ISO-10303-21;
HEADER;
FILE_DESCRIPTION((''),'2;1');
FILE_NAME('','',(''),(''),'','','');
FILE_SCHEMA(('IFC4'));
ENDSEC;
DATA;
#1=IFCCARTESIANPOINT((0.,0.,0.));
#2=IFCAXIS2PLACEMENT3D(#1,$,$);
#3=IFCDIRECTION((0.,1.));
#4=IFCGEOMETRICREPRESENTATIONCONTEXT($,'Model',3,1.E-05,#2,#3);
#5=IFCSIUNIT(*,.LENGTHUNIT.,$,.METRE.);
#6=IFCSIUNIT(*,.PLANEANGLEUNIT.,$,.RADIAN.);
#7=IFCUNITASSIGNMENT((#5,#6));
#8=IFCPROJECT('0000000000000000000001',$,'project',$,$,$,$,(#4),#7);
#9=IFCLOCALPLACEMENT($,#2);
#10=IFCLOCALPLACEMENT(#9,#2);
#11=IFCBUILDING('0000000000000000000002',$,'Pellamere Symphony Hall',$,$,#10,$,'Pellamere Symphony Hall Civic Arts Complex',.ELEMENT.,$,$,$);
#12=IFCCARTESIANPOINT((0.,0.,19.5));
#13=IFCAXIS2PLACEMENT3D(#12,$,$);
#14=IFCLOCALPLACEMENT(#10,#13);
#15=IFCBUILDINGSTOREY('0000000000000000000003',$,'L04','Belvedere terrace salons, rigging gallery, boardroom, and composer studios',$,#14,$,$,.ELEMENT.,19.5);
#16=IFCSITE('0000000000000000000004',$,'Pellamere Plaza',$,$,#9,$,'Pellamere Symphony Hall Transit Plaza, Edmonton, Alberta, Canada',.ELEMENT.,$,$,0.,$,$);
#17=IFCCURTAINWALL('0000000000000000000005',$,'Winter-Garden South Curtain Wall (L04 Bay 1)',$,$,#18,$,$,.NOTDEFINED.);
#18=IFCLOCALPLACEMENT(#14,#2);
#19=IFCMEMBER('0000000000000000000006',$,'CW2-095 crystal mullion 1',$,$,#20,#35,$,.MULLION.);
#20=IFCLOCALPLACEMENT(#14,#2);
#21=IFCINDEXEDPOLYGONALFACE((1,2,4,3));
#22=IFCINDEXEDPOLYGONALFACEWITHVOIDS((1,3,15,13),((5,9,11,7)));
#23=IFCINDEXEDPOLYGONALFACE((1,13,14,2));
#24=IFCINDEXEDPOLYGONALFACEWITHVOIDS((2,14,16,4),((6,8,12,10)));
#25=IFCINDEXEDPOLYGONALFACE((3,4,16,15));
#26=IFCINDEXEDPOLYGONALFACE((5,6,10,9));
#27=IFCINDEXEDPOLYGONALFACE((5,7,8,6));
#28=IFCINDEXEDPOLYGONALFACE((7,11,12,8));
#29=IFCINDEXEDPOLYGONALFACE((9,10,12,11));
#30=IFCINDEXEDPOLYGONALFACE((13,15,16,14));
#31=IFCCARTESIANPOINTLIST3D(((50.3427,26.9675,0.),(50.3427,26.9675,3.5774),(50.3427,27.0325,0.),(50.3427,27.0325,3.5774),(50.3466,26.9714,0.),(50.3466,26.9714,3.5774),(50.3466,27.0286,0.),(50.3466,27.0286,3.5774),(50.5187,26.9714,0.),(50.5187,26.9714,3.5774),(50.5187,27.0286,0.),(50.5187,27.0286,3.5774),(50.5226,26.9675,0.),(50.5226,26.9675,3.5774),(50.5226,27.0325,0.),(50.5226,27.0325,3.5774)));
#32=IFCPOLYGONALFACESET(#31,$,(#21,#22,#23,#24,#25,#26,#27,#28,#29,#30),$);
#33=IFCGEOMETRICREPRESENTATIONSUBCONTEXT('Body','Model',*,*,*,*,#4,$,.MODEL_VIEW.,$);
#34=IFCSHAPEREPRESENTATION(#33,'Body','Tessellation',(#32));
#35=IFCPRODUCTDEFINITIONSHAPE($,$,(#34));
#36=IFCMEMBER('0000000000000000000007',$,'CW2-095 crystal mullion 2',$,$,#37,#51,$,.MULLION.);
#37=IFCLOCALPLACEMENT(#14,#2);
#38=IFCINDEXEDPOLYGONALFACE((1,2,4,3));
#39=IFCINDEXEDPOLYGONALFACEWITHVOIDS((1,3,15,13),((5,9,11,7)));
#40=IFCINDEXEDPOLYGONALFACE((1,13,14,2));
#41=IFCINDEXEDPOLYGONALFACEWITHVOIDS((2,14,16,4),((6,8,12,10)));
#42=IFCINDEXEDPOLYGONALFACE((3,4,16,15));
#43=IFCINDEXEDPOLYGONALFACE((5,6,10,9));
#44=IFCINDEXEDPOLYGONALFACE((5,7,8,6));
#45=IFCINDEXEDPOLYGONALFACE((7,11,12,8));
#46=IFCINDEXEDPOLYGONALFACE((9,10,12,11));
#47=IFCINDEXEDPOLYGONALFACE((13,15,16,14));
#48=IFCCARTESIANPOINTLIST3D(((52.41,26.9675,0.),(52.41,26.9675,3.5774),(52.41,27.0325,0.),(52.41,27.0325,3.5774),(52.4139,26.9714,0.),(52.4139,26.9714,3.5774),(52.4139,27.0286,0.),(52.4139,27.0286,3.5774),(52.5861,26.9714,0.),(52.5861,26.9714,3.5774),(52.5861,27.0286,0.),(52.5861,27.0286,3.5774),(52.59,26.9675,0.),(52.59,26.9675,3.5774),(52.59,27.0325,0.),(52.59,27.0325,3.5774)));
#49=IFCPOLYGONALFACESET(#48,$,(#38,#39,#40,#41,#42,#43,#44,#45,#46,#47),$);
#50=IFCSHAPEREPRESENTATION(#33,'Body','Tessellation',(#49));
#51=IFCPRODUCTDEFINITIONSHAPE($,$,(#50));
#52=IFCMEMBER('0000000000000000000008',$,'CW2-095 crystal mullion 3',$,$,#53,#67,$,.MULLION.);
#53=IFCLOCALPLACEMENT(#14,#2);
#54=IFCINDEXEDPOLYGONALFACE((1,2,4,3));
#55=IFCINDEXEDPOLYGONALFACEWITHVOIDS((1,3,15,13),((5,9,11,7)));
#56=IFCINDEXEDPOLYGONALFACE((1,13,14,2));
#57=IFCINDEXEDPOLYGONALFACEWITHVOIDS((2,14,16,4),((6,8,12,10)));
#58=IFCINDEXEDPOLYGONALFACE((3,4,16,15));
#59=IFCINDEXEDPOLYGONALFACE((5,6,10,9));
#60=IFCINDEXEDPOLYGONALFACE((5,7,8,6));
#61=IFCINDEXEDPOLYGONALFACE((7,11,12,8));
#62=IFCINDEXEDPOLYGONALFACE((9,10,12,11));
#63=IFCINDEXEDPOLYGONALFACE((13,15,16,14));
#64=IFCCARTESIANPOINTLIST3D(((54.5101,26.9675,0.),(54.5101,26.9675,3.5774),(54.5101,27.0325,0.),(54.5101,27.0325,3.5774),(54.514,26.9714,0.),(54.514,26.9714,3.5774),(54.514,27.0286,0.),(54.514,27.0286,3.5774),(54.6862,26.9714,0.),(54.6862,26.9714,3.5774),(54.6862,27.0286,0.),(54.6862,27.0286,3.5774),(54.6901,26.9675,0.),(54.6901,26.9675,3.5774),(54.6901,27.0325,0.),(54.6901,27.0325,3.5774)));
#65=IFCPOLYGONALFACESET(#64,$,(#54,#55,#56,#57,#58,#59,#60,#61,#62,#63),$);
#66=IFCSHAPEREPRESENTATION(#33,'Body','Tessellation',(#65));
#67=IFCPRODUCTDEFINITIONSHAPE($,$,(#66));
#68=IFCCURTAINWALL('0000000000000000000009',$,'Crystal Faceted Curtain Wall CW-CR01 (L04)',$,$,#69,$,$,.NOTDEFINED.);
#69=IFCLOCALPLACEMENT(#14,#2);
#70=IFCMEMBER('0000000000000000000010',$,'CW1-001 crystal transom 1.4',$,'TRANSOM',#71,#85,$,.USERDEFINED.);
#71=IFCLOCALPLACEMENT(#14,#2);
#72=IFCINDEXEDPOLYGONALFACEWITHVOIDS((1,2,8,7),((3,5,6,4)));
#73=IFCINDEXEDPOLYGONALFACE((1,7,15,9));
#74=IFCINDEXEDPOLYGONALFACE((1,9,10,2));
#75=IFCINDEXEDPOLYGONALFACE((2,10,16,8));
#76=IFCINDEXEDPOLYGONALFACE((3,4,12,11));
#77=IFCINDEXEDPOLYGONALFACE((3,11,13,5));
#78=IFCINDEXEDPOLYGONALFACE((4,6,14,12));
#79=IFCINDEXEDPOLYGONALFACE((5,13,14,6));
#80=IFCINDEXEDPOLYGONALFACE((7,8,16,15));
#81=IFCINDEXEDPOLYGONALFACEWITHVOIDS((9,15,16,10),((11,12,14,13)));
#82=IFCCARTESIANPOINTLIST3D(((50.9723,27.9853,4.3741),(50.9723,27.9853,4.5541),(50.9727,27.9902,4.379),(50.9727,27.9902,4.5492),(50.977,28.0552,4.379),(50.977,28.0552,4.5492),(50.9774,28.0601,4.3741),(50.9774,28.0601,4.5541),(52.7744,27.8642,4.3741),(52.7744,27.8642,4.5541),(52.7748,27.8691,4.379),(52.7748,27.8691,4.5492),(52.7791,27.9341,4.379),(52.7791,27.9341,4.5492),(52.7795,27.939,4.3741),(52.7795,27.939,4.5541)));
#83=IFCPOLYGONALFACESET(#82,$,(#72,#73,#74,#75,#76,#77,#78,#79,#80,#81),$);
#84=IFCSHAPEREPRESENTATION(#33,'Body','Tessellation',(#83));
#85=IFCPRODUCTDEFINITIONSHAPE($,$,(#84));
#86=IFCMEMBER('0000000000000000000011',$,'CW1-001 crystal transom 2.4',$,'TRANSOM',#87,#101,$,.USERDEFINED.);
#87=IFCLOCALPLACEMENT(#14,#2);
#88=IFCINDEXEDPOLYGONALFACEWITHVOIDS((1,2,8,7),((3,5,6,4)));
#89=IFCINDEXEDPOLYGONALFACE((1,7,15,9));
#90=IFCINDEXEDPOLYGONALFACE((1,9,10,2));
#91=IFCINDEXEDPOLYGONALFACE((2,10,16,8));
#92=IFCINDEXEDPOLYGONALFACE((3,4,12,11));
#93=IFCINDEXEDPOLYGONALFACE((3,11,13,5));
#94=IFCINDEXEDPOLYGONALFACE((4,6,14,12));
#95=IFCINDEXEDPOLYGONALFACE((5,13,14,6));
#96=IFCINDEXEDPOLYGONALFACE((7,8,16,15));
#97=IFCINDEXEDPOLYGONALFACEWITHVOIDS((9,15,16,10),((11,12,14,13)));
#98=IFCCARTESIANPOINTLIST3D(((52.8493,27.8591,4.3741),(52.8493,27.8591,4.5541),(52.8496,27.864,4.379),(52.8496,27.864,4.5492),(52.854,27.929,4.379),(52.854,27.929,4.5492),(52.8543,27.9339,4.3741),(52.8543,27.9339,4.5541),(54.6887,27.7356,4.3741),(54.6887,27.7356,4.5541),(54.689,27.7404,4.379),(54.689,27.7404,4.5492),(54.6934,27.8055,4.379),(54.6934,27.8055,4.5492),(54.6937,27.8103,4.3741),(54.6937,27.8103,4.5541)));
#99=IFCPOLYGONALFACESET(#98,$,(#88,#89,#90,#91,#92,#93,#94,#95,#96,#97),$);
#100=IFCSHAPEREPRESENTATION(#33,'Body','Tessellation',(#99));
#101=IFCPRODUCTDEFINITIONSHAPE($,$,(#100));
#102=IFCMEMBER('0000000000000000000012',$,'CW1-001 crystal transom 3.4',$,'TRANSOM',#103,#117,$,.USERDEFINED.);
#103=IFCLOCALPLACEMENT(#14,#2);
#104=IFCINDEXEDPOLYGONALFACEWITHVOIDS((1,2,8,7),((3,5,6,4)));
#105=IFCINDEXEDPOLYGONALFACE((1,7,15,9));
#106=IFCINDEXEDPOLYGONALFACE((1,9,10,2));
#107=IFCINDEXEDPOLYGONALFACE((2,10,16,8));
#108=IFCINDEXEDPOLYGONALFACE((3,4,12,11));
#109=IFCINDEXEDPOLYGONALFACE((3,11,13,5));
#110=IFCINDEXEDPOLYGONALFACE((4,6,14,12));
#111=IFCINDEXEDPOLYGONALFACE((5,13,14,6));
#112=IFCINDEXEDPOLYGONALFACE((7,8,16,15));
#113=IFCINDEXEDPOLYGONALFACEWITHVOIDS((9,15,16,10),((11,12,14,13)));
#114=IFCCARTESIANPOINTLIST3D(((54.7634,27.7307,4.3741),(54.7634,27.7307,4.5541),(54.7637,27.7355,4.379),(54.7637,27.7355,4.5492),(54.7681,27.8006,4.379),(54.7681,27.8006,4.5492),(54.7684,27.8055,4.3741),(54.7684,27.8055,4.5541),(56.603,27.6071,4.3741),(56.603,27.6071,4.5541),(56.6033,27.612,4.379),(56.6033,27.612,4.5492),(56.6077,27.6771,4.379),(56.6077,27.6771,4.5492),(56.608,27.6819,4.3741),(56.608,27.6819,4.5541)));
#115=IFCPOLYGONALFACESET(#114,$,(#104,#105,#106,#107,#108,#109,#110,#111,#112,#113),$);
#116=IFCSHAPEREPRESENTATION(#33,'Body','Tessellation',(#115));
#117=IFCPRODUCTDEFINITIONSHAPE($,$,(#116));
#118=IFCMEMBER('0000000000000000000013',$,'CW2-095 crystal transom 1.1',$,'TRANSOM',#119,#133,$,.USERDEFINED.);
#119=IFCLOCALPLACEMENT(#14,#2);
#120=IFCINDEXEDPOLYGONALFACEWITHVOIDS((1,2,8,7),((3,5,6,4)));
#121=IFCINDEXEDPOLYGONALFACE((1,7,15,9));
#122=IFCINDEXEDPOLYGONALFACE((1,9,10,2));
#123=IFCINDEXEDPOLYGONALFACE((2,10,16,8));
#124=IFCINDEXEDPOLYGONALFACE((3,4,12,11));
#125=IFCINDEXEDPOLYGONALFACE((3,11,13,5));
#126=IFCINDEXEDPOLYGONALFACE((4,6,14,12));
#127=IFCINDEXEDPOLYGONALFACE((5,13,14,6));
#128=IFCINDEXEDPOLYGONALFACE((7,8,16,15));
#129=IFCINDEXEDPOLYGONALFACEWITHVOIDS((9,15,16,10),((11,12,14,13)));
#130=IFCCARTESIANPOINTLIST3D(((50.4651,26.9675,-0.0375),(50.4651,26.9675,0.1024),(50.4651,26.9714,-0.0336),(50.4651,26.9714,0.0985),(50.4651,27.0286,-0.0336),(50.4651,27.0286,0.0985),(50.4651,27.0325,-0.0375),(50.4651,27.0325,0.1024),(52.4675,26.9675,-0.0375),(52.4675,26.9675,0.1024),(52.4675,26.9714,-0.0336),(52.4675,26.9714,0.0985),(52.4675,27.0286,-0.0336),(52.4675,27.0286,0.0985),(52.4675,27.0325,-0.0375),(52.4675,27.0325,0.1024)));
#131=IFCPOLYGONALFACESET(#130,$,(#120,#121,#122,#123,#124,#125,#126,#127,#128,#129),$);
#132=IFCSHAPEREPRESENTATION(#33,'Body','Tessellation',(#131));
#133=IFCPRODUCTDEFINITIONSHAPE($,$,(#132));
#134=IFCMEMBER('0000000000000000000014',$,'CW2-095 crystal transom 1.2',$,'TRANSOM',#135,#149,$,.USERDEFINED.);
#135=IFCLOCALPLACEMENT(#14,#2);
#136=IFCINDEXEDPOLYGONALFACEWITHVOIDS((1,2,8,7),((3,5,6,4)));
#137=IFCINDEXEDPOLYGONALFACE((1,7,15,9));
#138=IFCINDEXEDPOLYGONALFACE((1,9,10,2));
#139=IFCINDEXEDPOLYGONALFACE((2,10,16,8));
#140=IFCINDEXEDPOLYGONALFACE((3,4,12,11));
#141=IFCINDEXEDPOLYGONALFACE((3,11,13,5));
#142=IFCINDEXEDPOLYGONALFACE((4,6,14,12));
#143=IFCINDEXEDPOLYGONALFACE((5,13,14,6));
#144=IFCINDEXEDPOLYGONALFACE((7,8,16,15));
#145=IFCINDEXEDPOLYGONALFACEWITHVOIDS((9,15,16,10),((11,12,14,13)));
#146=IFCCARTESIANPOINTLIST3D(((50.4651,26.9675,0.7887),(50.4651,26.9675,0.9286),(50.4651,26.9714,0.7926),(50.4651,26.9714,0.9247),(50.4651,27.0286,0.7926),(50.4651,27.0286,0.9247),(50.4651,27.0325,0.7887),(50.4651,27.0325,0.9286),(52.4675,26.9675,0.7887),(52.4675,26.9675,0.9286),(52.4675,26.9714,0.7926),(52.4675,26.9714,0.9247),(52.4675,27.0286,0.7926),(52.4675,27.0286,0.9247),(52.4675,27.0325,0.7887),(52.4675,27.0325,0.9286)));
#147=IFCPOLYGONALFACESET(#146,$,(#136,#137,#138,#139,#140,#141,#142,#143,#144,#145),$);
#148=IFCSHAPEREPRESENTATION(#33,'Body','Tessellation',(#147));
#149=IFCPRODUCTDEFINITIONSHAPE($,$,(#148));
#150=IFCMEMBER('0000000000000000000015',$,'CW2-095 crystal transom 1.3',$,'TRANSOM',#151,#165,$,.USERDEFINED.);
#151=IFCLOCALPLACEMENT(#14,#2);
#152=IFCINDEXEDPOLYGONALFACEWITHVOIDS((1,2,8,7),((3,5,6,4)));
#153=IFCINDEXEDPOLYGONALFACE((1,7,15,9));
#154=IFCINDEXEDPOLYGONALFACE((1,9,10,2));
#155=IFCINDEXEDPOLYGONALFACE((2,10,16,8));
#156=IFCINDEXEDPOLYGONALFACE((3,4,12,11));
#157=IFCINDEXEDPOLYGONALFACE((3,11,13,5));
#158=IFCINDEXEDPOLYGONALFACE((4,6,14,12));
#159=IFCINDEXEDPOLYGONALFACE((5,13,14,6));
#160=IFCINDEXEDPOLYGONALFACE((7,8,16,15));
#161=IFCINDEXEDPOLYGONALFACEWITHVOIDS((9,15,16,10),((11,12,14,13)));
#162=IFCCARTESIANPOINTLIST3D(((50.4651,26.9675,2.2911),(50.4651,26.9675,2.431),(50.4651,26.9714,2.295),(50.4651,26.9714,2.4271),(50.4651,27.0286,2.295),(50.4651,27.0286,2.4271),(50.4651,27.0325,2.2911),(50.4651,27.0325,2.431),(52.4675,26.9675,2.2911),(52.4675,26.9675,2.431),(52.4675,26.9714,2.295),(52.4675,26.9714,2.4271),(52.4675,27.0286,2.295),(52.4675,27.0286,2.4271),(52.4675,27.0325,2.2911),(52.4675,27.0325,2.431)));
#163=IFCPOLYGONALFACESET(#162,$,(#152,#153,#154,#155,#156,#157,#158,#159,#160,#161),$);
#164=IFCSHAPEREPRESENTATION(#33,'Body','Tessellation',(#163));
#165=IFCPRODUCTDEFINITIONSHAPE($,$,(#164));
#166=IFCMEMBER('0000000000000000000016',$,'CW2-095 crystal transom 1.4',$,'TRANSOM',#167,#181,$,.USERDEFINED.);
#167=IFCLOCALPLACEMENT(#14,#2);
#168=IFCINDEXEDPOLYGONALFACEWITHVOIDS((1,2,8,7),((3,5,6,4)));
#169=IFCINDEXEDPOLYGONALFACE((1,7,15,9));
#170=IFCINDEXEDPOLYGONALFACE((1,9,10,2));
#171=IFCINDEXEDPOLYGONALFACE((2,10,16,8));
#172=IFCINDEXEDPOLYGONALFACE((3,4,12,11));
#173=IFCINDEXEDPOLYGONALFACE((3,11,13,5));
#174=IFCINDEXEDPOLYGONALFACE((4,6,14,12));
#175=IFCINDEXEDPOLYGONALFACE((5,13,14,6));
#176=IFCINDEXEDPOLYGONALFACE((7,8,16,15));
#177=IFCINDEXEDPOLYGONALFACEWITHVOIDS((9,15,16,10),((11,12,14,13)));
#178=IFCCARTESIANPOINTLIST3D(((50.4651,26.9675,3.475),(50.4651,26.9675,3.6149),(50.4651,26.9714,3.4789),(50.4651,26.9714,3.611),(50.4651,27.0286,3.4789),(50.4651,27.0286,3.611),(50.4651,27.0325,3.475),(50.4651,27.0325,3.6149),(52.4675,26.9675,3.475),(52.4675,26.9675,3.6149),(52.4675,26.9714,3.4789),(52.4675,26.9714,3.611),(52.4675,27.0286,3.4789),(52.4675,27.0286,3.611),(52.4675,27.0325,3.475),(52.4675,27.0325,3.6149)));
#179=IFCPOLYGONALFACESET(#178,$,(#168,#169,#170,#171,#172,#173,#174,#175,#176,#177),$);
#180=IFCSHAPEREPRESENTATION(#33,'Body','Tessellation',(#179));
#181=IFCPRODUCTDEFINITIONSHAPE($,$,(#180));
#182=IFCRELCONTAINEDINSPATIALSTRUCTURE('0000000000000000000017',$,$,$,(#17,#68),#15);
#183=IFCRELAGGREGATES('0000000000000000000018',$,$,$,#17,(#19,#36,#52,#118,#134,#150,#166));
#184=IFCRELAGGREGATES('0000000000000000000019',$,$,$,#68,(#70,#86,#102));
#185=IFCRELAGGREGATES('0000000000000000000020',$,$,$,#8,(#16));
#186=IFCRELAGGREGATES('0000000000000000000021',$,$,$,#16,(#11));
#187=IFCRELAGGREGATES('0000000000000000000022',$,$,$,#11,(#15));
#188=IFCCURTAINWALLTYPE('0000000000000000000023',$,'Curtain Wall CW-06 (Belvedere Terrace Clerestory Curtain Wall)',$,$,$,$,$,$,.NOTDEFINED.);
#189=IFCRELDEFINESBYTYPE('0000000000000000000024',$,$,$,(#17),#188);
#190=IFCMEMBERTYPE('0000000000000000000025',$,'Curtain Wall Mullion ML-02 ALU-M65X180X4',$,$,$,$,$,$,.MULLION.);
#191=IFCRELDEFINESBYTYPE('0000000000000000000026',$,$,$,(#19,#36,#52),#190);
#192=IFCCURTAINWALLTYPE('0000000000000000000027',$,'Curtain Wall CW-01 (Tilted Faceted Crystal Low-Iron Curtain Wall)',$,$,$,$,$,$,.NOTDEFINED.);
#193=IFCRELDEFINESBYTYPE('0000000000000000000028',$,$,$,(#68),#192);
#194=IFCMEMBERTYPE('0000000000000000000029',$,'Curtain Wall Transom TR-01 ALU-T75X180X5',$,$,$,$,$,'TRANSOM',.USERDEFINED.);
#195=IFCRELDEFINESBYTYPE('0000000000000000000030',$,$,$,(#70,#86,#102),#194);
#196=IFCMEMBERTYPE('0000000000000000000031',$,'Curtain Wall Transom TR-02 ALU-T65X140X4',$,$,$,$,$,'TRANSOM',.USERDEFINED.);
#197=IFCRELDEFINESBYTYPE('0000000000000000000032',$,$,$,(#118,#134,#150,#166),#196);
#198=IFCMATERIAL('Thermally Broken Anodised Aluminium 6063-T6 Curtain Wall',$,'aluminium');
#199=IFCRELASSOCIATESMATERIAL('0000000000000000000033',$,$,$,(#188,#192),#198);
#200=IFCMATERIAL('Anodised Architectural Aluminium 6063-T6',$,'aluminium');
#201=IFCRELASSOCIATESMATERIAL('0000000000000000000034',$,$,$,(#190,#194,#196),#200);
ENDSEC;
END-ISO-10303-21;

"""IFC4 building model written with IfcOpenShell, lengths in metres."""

from ifc_helpers import new_model, si_unit, direction, frame, origin, origin_2d, place, context, subcontext, project, spatial, hollow_rectangle, extrude, material, material_profile, profile_set, type_object, element, aggregate, save


model = new_model("IFC4")

# Units and contexts
model_context = context("Model", 3, precision=1e-05, world=origin(), true_north=direction((0.0, 1.0)))
body_context = subcontext(model_context, "Body", "Model", "MODEL_VIEW")
ifc_project = project(units=[si_unit("LENGTHUNIT", "METRE"), si_unit("PLANEANGLEUNIT", "RADIAN")], contexts=[model_context])

# Site, building, storey
site_placement = place(None, origin())
site = spatial("IfcSite", under=ifc_project, at=site_placement, Name="Pellamere Plaza", LongName="Pellamere Symphony Hall Transit Plaza, Edmonton, Alberta, Canada", CompositionType="ELEMENT", RefElevation=0.0)
building_placement = place(site_placement, origin())
building = spatial("IfcBuilding", under=site, at=building_placement, Name="Pellamere Symphony Hall", LongName="Pellamere Symphony Hall Civic Arts Complex", CompositionType="ELEMENT")
storey_placement = place(building_placement, frame((0.0, 0.0, 19.5)))
storey = spatial("IfcBuildingStorey", under=building, at=storey_placement, Name="L04", Description="Belvedere terrace salons, rigging gallery, boardroom, and composer studios", CompositionType="ELEMENT", Elevation=19.5)

# Curtain walls, members
ifc_material_1 = material(Name="Thermally Broken Anodised Aluminium 6063-T6 Curtain Wall", Category="aluminium")
curtain_wall_type_1 = type_object("IfcCurtainWallType", Name="Curtain Wall CW-06 (Belvedere Terrace Clerestory Curtain Wall)", PredefinedType="NOTDEFINED", material=ifc_material_1)
curtain_wall_1_placement = place(storey_placement, origin())
curtain_wall_1 = element("IfcCurtainWall", 1, at=curtain_wall_1_placement, inside=storey, type_object=curtain_wall_type_1, Name="Winter-Garden South Curtain Wall (L04 Bay 1)", PredefinedType="NOTDEFINED")
ifc_material_2 = material(Name="Anodised Architectural Aluminium 6063-T6", Category="aluminium")
ifc_material_profile_1 = material_profile(ifc_material_2, hollow_rectangle(XDim=0.0649, YDim=0.1799, WallThickness=0.0039, at=origin_2d()), Name="ALU-M65X180X4")
ifc_profile_set_1 = profile_set([ifc_material_profile_1], Name="Anodised Architectural Aluminium 6063-T6")
member_type_1 = type_object("IfcMemberType", Name="Curtain Wall Mullion ML-02 ALU-M65X180X4", PredefinedType="MULLION", material=ifc_profile_set_1)
member_1_placement = place(storey_placement, frame((50.4326, 27.0, 0.0), z_axis=(0.0, 0.0, 1.0), x_axis=(0.0, 1.0, 0.0)))
member_1 = element("IfcMember", 2, at=member_1_placement, type_object=member_type_1, Name="CW2-095 crystal mullion 1", PredefinedType="MULLION", context=body_context, shape_type="SweptSolid", body=[
    extrude(hollow_rectangle(XDim=0.0649, YDim=0.1799, WallThickness=0.0039, at=origin_2d()), origin(), (0.0, 0.0, 1.0), 3.5774),
])
member_2_placement = place(storey_placement, frame((52.5, 27.0, 0.0), z_axis=(0.0, 0.0, 1.0), x_axis=(0.0, 1.0, 0.0)))
member_2 = element("IfcMember", 3, at=member_2_placement, type_object=member_type_1, Name="CW2-095 crystal mullion 2", PredefinedType="MULLION", context=body_context, shape_type="SweptSolid", body=[
    extrude(hollow_rectangle(XDim=0.0649, YDim=0.1799, WallThickness=0.0039, at=origin_2d()), origin(), (0.0, 0.0, 1.0), 3.5774),
])
member_3_placement = place(storey_placement, frame((54.6001, 27.0, 0.0), z_axis=(0.0, 0.0, 1.0), x_axis=(0.0, 1.0, 0.0)))
member_3 = element("IfcMember", 4, at=member_3_placement, type_object=member_type_1, Name="CW2-095 crystal mullion 3", PredefinedType="MULLION", context=body_context, shape_type="SweptSolid", body=[
    extrude(hollow_rectangle(XDim=0.0649, YDim=0.1799, WallThickness=0.0039, at=origin_2d()), origin(), (0.0, 0.0, 1.0), 3.5774),
])
curtain_wall_type_2 = type_object("IfcCurtainWallType", Name="Curtain Wall CW-01 (Tilted Faceted Crystal Low-Iron Curtain Wall)", PredefinedType="NOTDEFINED", material=ifc_material_1)
curtain_wall_2_placement = place(storey_placement, origin())
curtain_wall_2 = element("IfcCurtainWall", 5, at=curtain_wall_2_placement, inside=storey, type_object=curtain_wall_type_2, Name="Crystal Faceted Curtain Wall CW-CR01 (L04)", PredefinedType="NOTDEFINED")
ifc_material_profile_2 = material_profile(ifc_material_2, hollow_rectangle(XDim=0.075, YDim=0.1799, WallThickness=0.0049, at=origin_2d()), Name="ALU-T75X180X5")
ifc_profile_set_2 = profile_set([ifc_material_profile_2], Name="Anodised Architectural Aluminium 6063-T6")
member_type_2 = type_object("IfcMemberType", Name="Curtain Wall Transom TR-01 ALU-T75X180X5", ElementType="TRANSOM", PredefinedType="USERDEFINED", material=ifc_profile_set_2)
member_4_placement = place(storey_placement, frame((50.9749, 28.0227, 4.4641), z_axis=(0.99775, -0.067048, 0.0), x_axis=(0.067048, 0.99775, 0.0)))
member_4 = element("IfcMember", 6, at=member_4_placement, type_object=member_type_2, Name="CW1-001 crystal transom 1.4", ObjectType="TRANSOM", PredefinedType="USERDEFINED", context=body_context, shape_type="SweptSolid", body=[
    extrude(hollow_rectangle(XDim=0.075, YDim=0.1799, WallThickness=0.0049, at=origin_2d()), origin(), (0.0, 0.0, 1.0), 1.8062),
])
member_5_placement = place(storey_placement, frame((52.8518, 27.8965, 4.4641), z_axis=(0.997752, -0.067011, 0.0), x_axis=(0.067011, 0.997752, 0.0)))
member_5 = element("IfcMember", 7, at=member_5_placement, type_object=member_type_2, Name="CW1-001 crystal transom 2.4", ObjectType="TRANSOM", PredefinedType="USERDEFINED", context=body_context, shape_type="SweptSolid", body=[
    extrude(hollow_rectangle(XDim=0.075, YDim=0.1799, WallThickness=0.0049, at=origin_2d()), origin(), (0.0, 0.0, 1.0), 1.8435),
])
member_6_placement = place(storey_placement, frame((54.7659, 27.7681, 4.4641), z_axis=(0.997753, -0.067002, 0.0), x_axis=(0.067002, 0.997753, 0.0)))
member_6 = element("IfcMember", 8, at=member_6_placement, type_object=member_type_2, Name="CW1-001 crystal transom 3.4", ObjectType="TRANSOM", PredefinedType="USERDEFINED", context=body_context, shape_type="SweptSolid", body=[
    extrude(hollow_rectangle(XDim=0.075, YDim=0.1799, WallThickness=0.0049, at=origin_2d()), origin(), (0.0, 0.0, 1.0), 1.8438),
])

# Members
ifc_material_profile_3 = material_profile(ifc_material_2, hollow_rectangle(XDim=0.0649, YDim=0.1399, WallThickness=0.0039, at=origin_2d()), Name="ALU-T65X140X4")
ifc_profile_set_3 = profile_set([ifc_material_profile_3], Name="Anodised Architectural Aluminium 6063-T6")
member_type_3 = type_object("IfcMemberType", Name="Curtain Wall Transom TR-02 ALU-T65X140X4", ElementType="TRANSOM", PredefinedType="USERDEFINED", material=ifc_profile_set_3)
member_7_placement = place(storey_placement, frame((50.4651, 27.0, 0.0325), z_axis=(1.0, 0.0, 0.0), x_axis=(0.0, 1.0, 0.0)))
member_7 = element("IfcMember", 9, at=member_7_placement, type_object=member_type_3, Name="CW2-095 crystal transom 1.1", ObjectType="TRANSOM", PredefinedType="USERDEFINED", context=body_context, shape_type="SweptSolid", body=[
    extrude(hollow_rectangle(XDim=0.0649, YDim=0.1399, WallThickness=0.0039, at=origin_2d()), origin(), (0.0, 0.0, 1.0), 2.0024),
])
member_8_placement = place(storey_placement, frame((50.4651, 27.0, 0.8586), z_axis=(1.0, 0.0, 0.0), x_axis=(0.0, 1.0, 0.0)))
member_8 = element("IfcMember", 10, at=member_8_placement, type_object=member_type_3, Name="CW2-095 crystal transom 1.2", ObjectType="TRANSOM", PredefinedType="USERDEFINED", context=body_context, shape_type="SweptSolid", body=[
    extrude(hollow_rectangle(XDim=0.0649, YDim=0.1399, WallThickness=0.0039, at=origin_2d()), origin(), (0.0, 0.0, 1.0), 2.0024),
])
member_9_placement = place(storey_placement, frame((50.4651, 27.0, 2.3611), z_axis=(1.0, 0.0, 0.0), x_axis=(0.0, 1.0, 0.0)))
member_9 = element("IfcMember", 11, at=member_9_placement, type_object=member_type_3, Name="CW2-095 crystal transom 1.3", ObjectType="TRANSOM", PredefinedType="USERDEFINED", context=body_context, shape_type="SweptSolid", body=[
    extrude(hollow_rectangle(XDim=0.0649, YDim=0.1399, WallThickness=0.0039, at=origin_2d()), origin(), (0.0, 0.0, 1.0), 2.0024),
])
member_10_placement = place(storey_placement, frame((50.4651, 27.0, 3.5449), z_axis=(1.0, 0.0, 0.0), x_axis=(0.0, 1.0, 0.0)))
member_10 = element("IfcMember", 12, at=member_10_placement, type_object=member_type_3, Name="CW2-095 crystal transom 1.4", ObjectType="TRANSOM", PredefinedType="USERDEFINED", context=body_context, shape_type="SweptSolid", body=[
    extrude(hollow_rectangle(XDim=0.0649, YDim=0.1399, WallThickness=0.0039, at=origin_2d()), origin(), (0.0, 0.0, 1.0), 2.0024),
])

aggregate(curtain_wall_1, [member_1, member_2, member_3, member_7, member_8, member_9, member_10])
aggregate(curtain_wall_2, [member_4, member_5, member_6])

save(model, "model.ifc")
